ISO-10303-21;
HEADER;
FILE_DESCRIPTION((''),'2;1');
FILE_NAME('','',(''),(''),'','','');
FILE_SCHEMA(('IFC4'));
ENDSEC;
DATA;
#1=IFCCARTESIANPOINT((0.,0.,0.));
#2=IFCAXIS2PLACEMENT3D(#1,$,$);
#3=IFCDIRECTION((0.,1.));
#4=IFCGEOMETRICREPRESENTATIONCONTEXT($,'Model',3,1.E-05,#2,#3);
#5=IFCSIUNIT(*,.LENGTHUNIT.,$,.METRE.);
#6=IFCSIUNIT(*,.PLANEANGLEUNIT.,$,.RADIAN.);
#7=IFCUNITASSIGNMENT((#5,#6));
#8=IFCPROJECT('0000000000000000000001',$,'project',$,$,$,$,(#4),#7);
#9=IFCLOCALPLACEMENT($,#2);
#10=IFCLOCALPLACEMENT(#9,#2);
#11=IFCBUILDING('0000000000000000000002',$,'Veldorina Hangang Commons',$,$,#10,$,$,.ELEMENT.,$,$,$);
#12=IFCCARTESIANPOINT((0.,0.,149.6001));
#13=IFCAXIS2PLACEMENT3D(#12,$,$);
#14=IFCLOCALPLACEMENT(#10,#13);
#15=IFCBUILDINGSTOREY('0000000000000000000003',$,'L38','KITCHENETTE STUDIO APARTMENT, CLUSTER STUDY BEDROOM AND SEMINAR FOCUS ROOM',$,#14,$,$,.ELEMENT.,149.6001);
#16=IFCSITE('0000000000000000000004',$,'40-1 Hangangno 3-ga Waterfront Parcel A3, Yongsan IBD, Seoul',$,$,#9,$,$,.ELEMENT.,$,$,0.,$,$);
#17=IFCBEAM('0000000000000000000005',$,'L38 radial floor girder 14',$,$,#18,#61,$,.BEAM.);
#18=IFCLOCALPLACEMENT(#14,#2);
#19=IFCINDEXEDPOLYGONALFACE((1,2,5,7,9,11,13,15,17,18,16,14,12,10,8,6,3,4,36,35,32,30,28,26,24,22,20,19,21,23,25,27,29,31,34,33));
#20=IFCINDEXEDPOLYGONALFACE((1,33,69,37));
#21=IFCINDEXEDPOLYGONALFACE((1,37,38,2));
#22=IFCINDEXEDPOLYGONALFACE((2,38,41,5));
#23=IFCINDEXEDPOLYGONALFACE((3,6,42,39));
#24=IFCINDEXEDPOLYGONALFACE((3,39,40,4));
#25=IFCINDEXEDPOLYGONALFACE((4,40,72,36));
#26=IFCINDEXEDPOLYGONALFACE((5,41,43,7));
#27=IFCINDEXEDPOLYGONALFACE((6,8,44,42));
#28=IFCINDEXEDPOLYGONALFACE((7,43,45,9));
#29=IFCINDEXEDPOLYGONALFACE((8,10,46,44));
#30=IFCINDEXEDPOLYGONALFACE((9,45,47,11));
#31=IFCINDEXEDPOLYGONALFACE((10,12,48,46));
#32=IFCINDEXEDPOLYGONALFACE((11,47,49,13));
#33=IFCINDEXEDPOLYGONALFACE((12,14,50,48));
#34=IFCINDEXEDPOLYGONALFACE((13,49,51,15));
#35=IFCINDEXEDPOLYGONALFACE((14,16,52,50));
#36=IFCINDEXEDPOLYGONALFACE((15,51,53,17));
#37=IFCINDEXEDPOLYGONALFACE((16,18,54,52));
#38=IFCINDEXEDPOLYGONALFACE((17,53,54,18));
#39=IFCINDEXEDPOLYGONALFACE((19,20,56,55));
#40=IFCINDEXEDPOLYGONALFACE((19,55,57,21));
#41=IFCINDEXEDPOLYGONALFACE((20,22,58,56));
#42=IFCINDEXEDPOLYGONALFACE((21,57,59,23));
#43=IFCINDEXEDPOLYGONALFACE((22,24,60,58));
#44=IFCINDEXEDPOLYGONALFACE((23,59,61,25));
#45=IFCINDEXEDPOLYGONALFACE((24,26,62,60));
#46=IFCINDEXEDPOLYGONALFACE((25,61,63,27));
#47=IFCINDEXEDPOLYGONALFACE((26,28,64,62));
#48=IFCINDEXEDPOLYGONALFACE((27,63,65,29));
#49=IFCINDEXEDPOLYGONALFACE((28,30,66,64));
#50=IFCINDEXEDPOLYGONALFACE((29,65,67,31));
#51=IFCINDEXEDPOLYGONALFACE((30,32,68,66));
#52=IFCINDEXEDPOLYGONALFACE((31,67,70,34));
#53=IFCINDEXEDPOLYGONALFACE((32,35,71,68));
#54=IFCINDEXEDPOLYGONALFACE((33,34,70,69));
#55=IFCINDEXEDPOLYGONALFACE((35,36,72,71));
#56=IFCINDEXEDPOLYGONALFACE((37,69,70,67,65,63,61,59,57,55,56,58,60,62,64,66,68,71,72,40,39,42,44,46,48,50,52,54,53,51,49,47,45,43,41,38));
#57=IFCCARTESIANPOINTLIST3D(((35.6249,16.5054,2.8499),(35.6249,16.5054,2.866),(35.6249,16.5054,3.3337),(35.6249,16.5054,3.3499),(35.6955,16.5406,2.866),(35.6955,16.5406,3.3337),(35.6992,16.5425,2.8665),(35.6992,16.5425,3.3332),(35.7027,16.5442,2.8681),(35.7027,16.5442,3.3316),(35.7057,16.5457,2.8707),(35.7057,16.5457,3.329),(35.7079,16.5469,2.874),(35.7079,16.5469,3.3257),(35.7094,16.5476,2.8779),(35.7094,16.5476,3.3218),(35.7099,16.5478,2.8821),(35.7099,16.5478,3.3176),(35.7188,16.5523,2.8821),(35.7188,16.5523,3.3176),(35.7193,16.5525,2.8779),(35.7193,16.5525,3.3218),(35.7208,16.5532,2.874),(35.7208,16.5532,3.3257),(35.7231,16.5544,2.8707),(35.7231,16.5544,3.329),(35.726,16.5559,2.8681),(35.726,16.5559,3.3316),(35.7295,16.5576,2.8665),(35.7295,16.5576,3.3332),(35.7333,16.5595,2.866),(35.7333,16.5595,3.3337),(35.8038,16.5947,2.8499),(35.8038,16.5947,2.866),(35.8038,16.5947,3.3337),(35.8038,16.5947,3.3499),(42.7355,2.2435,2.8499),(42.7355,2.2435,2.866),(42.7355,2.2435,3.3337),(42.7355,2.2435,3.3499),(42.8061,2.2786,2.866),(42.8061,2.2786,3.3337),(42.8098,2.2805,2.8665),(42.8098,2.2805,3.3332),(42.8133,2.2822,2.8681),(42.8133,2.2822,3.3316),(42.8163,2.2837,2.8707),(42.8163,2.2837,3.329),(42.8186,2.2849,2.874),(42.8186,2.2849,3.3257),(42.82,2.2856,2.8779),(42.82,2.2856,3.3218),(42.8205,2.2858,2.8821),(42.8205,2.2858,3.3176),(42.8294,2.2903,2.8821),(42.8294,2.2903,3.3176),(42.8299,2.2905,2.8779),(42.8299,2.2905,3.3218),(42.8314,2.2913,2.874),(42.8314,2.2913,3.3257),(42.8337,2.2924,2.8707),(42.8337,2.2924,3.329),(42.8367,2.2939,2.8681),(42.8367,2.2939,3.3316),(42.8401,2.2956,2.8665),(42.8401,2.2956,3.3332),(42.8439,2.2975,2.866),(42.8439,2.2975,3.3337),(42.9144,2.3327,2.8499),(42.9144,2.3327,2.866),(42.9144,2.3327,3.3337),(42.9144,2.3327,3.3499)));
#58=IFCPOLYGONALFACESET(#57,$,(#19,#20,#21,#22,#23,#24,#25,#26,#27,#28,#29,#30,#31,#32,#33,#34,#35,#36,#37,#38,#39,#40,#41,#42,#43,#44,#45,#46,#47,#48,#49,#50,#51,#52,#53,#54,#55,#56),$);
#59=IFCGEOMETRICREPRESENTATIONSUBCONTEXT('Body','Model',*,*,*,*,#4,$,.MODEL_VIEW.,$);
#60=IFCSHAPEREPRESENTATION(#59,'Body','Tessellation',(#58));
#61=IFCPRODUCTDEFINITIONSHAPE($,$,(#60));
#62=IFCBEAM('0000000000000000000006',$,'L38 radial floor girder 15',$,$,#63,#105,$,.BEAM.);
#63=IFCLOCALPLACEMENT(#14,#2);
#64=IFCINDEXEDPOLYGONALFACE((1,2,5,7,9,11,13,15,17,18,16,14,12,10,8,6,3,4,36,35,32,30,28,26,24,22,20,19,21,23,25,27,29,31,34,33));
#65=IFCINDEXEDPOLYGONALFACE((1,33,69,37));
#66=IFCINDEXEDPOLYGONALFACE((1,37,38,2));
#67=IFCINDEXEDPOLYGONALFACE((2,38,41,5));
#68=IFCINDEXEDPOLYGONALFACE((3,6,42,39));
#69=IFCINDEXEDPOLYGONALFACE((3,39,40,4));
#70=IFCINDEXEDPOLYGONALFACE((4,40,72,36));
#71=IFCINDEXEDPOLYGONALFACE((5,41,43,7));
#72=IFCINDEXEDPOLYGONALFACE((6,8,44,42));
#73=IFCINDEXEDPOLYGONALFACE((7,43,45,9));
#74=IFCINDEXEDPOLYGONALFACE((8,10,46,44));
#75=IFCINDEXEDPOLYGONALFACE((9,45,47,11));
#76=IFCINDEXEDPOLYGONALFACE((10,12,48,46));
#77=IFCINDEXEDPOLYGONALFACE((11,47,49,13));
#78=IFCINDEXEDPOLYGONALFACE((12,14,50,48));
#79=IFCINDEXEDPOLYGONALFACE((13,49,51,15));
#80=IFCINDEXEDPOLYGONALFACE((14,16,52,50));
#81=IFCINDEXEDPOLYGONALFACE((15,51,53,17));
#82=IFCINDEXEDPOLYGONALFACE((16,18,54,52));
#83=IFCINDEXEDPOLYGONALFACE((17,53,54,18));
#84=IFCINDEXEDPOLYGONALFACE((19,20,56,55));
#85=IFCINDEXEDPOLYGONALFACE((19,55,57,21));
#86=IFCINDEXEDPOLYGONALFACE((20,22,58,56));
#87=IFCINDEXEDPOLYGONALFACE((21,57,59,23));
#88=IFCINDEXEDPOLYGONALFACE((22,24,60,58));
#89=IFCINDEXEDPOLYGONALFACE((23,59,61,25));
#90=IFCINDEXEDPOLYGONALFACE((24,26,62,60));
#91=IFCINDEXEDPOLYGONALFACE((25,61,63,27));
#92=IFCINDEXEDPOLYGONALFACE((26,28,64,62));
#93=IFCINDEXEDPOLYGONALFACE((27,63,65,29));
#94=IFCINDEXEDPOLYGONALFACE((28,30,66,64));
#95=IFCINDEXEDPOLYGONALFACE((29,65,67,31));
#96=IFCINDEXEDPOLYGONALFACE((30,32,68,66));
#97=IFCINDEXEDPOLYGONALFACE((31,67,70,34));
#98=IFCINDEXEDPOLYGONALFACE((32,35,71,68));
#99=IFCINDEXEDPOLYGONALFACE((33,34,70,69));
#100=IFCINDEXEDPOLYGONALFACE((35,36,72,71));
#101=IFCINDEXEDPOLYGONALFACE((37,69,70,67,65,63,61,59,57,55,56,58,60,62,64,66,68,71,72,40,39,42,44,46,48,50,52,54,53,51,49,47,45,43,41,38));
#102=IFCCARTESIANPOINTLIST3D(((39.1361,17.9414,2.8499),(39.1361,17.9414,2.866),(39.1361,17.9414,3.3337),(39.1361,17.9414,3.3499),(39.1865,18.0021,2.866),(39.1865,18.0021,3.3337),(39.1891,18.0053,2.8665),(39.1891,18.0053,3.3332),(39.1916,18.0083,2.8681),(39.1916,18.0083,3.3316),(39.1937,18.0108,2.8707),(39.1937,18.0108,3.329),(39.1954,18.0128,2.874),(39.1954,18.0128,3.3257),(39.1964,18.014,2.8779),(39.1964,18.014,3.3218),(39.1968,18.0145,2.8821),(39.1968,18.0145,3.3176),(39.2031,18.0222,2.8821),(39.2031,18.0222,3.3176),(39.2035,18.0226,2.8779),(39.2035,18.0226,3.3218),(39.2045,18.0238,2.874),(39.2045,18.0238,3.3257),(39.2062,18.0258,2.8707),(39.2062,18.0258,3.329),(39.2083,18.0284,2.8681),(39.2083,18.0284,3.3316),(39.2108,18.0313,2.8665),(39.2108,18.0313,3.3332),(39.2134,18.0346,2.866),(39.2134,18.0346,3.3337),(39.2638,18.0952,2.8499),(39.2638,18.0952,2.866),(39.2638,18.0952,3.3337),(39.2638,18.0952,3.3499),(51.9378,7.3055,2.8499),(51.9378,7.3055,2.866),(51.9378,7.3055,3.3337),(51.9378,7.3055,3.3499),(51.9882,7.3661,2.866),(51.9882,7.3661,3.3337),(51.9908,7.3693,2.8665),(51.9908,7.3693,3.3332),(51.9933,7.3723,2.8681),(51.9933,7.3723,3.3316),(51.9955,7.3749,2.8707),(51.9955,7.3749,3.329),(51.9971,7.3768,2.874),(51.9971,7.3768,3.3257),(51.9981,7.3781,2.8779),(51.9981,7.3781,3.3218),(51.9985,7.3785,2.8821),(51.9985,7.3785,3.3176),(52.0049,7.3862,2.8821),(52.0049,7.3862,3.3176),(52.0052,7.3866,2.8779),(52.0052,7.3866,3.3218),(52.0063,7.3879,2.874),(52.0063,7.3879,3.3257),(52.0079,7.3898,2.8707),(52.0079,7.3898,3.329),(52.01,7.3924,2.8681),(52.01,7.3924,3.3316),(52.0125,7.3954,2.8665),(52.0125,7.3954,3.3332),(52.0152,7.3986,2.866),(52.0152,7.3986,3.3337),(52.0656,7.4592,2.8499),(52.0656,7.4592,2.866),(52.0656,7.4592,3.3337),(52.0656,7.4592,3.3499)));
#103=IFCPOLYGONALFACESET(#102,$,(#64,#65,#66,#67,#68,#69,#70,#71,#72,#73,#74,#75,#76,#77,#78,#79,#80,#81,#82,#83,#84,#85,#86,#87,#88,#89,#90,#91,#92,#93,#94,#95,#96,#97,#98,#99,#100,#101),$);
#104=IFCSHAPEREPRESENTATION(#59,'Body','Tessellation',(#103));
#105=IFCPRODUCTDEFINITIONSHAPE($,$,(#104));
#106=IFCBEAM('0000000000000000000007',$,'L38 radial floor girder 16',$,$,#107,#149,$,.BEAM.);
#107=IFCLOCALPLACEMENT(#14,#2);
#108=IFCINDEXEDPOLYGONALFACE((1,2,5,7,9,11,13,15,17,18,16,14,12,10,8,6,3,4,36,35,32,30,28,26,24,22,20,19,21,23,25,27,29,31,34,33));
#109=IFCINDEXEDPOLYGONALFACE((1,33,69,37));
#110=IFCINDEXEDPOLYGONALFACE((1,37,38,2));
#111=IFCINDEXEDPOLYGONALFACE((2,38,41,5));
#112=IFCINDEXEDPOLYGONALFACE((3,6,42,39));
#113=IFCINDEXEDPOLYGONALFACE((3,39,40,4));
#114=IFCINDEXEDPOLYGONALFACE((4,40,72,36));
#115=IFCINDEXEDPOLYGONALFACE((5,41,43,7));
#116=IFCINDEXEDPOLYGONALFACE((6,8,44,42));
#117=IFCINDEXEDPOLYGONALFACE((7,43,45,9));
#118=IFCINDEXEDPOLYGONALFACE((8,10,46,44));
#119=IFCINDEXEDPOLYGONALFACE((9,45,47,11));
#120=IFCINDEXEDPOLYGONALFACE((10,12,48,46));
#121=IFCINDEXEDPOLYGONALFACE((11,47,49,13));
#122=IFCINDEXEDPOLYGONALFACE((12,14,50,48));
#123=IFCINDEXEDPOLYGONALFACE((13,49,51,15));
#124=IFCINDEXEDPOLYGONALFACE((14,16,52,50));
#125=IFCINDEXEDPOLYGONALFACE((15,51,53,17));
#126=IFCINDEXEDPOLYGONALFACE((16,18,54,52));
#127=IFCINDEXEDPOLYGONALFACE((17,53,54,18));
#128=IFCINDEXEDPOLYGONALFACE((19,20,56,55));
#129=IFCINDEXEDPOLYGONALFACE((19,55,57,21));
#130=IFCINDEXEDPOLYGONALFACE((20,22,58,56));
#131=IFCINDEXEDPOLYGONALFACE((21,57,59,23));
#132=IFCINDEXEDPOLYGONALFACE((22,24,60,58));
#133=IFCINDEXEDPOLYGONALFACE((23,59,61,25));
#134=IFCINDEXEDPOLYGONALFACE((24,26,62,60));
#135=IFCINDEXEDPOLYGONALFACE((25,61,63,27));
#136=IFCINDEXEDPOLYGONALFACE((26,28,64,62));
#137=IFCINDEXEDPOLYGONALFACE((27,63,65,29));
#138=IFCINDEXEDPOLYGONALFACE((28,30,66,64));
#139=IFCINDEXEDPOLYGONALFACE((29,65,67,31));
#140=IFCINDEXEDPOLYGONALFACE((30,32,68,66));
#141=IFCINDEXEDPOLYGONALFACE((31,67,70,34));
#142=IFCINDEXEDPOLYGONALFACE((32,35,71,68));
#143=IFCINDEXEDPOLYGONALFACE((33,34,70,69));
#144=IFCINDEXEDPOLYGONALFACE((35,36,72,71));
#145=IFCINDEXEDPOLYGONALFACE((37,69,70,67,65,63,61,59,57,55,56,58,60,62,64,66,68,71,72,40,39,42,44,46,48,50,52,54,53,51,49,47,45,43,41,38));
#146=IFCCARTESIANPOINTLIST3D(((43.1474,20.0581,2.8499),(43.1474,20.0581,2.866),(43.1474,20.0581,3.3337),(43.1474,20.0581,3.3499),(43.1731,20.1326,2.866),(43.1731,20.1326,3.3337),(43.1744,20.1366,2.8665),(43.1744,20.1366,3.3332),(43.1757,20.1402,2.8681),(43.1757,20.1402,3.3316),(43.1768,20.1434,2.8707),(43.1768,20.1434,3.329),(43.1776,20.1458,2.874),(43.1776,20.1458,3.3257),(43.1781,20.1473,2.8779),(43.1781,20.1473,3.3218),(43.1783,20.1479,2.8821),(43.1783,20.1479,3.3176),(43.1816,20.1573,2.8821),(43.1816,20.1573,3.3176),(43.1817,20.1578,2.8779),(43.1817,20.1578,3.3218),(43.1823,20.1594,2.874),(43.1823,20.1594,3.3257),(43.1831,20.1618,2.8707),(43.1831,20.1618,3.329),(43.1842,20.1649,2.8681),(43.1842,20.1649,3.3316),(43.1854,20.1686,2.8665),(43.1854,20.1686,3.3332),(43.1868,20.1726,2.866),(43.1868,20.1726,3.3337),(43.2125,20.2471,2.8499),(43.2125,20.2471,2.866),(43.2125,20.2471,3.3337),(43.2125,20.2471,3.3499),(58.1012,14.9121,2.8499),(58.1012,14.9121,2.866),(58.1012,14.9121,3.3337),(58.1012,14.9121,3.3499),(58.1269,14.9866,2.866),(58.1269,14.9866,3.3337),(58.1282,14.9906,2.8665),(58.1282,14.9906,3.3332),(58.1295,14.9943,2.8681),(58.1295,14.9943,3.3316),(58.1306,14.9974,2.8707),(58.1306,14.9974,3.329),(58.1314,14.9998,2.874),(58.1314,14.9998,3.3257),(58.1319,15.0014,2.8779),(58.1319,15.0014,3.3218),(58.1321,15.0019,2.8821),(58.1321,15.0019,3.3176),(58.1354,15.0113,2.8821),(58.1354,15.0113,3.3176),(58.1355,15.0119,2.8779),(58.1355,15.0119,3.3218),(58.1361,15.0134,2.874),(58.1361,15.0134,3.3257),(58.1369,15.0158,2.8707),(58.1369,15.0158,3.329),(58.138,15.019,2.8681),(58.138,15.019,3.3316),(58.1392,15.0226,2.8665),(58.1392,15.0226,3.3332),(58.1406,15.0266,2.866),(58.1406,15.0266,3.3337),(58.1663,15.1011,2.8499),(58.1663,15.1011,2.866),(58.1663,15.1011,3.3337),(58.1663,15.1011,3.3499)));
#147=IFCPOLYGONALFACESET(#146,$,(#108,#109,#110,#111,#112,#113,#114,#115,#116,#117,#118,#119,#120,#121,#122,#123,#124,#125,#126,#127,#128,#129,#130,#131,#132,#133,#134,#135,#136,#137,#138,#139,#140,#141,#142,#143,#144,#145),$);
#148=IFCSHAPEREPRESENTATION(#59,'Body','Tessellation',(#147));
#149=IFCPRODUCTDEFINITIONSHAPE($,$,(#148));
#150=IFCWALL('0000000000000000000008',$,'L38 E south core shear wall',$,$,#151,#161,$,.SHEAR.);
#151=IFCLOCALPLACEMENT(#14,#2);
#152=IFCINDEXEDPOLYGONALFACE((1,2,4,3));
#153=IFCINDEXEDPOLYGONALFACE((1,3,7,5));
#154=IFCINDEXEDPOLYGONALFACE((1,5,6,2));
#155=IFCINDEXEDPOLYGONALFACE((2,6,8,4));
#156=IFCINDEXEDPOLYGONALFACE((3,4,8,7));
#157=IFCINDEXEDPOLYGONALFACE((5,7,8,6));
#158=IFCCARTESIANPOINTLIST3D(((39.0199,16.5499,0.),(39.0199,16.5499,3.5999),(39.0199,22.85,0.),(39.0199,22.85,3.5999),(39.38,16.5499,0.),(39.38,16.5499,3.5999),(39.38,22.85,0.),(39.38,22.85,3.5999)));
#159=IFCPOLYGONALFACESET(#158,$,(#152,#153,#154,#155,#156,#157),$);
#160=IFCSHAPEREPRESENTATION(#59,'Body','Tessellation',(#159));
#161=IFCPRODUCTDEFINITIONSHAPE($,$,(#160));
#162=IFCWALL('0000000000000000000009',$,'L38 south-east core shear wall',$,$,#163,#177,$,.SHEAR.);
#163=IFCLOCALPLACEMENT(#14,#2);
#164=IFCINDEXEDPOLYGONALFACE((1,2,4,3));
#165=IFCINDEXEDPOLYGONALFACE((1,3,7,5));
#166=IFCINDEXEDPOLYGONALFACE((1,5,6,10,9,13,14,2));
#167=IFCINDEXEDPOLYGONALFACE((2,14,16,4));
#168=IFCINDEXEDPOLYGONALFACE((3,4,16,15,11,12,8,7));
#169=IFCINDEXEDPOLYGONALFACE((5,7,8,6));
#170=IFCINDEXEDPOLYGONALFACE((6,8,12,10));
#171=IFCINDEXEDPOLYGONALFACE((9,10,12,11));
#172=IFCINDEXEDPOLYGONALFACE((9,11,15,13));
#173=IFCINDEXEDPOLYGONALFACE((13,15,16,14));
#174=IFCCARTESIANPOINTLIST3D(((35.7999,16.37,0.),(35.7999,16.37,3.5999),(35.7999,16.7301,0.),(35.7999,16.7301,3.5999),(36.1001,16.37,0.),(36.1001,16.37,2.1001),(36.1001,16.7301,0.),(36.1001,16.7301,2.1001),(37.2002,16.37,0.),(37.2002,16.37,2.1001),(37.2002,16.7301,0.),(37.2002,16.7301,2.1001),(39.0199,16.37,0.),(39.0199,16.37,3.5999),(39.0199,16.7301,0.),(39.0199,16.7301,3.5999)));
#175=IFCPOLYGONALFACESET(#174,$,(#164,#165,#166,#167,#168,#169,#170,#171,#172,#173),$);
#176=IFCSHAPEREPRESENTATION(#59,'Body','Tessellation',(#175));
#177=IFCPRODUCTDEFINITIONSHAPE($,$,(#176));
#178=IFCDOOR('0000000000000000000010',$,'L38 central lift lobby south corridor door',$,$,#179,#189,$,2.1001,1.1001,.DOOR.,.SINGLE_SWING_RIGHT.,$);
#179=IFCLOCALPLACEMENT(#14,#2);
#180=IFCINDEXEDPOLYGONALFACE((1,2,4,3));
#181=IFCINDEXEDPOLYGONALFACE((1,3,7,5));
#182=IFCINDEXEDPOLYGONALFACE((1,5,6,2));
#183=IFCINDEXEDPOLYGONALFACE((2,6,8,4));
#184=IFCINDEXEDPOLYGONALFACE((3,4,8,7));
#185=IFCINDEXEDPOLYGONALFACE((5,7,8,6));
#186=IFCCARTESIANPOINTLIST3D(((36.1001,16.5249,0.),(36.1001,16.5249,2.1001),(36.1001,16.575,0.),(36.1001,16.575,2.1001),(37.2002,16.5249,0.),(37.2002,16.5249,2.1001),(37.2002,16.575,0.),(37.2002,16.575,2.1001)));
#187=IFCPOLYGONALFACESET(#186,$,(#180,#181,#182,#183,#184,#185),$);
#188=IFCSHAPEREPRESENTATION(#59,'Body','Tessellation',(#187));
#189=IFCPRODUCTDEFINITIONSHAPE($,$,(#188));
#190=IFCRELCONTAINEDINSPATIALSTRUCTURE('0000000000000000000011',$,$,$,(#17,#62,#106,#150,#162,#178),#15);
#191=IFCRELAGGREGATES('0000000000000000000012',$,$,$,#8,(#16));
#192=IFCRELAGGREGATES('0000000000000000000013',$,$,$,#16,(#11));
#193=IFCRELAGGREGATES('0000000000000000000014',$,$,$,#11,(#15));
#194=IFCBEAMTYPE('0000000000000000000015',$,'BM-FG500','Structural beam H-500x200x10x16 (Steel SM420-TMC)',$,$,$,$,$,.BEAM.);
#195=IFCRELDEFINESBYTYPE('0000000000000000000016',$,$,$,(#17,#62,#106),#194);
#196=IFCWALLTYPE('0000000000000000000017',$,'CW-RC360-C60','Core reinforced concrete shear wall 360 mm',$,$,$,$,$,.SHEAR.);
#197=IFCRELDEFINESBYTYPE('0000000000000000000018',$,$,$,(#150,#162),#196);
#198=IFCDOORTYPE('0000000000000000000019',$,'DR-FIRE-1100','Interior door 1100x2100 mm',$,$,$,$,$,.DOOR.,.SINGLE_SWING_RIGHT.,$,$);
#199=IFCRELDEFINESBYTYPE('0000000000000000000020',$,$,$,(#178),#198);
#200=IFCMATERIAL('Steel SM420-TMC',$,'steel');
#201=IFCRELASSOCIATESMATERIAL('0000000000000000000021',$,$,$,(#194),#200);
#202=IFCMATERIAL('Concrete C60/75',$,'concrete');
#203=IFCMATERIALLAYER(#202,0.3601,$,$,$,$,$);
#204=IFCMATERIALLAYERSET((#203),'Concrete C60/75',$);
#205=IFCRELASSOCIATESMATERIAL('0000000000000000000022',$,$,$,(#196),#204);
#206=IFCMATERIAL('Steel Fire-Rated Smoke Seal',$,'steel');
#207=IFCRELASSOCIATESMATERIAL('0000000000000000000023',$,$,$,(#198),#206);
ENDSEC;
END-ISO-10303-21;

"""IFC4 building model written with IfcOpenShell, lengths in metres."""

from ifc_helpers import new_model, si_unit, direction, frame, frame_2d, origin, origin_2d, place, context, subcontext, project, spatial, rectangle, i_section, extrude, material, layer, layer_set, material_profile, profile_set, type_object, element, fill, save


model = new_model("IFC4")

# Units and contexts
model_context = context("Model", 3, precision=1e-05, world=origin(), true_north=direction((0.0, 1.0)))
body_context = subcontext(model_context, "Body", "Model", "MODEL_VIEW")
ifc_project = project(units=[si_unit("LENGTHUNIT", "METRE"), si_unit("PLANEANGLEUNIT", "RADIAN")], contexts=[model_context])

# Site, building, storey
site_placement = place(None, origin())
site = spatial("IfcSite", under=ifc_project, at=site_placement, Name="40-1 Hangangno 3-ga Waterfront Parcel A3, Yongsan IBD, Seoul", CompositionType="ELEMENT", RefElevation=0.0)
building_placement = place(site_placement, origin())
building = spatial("IfcBuilding", under=site, at=building_placement, Name="Veldorina Hangang Commons", CompositionType="ELEMENT")
storey_placement = place(building_placement, frame((0.0, 0.0, 149.6001)))
storey = spatial("IfcBuildingStorey", under=building, at=storey_placement, Name="L38", Description="KITCHENETTE STUDIO APARTMENT, CLUSTER STUDY BEDROOM AND SEMINAR FOCUS ROOM", CompositionType="ELEMENT", Elevation=149.6001)

# Beams
ifc_material_1 = material(Name="Steel SM420-TMC", Category="steel")
ifc_material_profile = material_profile(ifc_material_1, i_section(OverallWidth=0.2, OverallDepth=0.5, WebThickness=0.01, FlangeThickness=0.0161, FilletRadius=0.0161, at=origin_2d()), Name="H-500x200x10x16")
ifc_profile_set = profile_set([ifc_material_profile], Name="Steel SM420-TMC")
beam_type = type_object("IfcBeamType", Name="BM-FG500", Description="Structural beam H-500x200x10x16 (Steel SM420-TMC)", PredefinedType="BEAM", material=ifc_profile_set)
beam_1_placement = place(storey_placement, frame((35.7144, 16.55, 3.0999), z_axis=(0.44619, -0.894938, 0.0), x_axis=(0.894938, 0.44619, 0.0)))
element("IfcBeam", 1, at=beam_1_placement, inside=storey, type_object=beam_type, Name="L38 radial floor girder 14", PredefinedType="BEAM", context=body_context, shape_type="SweptSolid", body=[
    extrude(i_section(OverallWidth=0.2, OverallDepth=0.5, WebThickness=0.01, FlangeThickness=0.0161, FilletRadius=0.0161, at=origin_2d()), origin(), (0.0, 0.0, 1.0), 15.9363),
])
beam_2_placement = place(storey_placement, frame((39.2, 18.0183, 3.0999), z_axis=(0.76917, -0.639044, 0.0), x_axis=(0.639044, 0.76917, 0.0)))
element("IfcBeam", 2, at=beam_2_placement, inside=storey, type_object=beam_type, Name="L38 radial floor girder 15", PredefinedType="BEAM", context=body_context, shape_type="SweptSolid", body=[
    extrude(i_section(OverallWidth=0.2, OverallDepth=0.5, WebThickness=0.01, FlangeThickness=0.0161, FilletRadius=0.0161, at=origin_2d()), origin(), (0.0, 0.0, 1.0), 16.6436),
])
beam_3_placement = place(storey_placement, frame((43.1799, 20.1526, 3.0999), z_axis=(0.945578, -0.325397, 0.0), x_axis=(0.325397, 0.945578, 0.0)))
element("IfcBeam", 3, at=beam_3_placement, inside=storey, type_object=beam_type, Name="L38 radial floor girder 16", PredefinedType="BEAM", context=body_context, shape_type="SweptSolid", body=[
    extrude(i_section(OverallWidth=0.2, OverallDepth=0.5, WebThickness=0.01, FlangeThickness=0.0161, FilletRadius=0.0161, at=origin_2d()), origin(), (0.0, 0.0, 1.0), 15.8145),
])

# Wall
ifc_material_2 = material(Name="Concrete C60/75", Category="concrete")
ifc_layer_1 = layer(ifc_material_2, 0.3601)
ifc_layer_set_1 = layer_set([ifc_layer_1], Name="Concrete C60/75")
wall_type_1 = type_object("IfcWallType", Name="CW-RC360-C60", Description="Core reinforced concrete shear wall 360 mm", PredefinedType="SHEAR", material=ifc_layer_set_1)
wall_1_placement = place(storey_placement, frame((39.2, 16.55, 0.0), z_axis=(0.0, 0.0, 1.0), x_axis=(0.0, 1.0, 0.0)))
element("IfcWall", 4, at=wall_1_placement, inside=storey, type_object=wall_type_1, Name="L38 E south core shear wall", PredefinedType="SHEAR", context=body_context, shape_type="SweptSolid", body=[
    extrude(rectangle(XDim=6.3, YDim=0.3601, at=frame_2d((3.1499, 0.0))), origin(), (0.0, 0.0, 1.0), 3.5999),
])

# Wall, opening, door
wall_2_placement = place(storey_placement, frame((35.8, 16.55, 0.0), z_axis=(0.0, 0.0, 1.0), x_axis=(1.0, 0.0, 0.0)))
wall_2 = element("IfcWall", 5, at=wall_2_placement, inside=storey, type_object=wall_type_1, Name="L38 south-east core shear wall", PredefinedType="SHEAR", context=body_context, shape_type="SweptSolid", body=[
    extrude(rectangle(XDim=3.22, YDim=0.3601, at=frame_2d((1.6099, 0.0))), origin(), (0.0, 0.0, 1.0), 3.5999),
])
opening_1_placement = place(wall_2_placement, frame((0.3, 0.0, 0.0)))
opening_1 = element("IfcOpeningElement", 6, at=opening_1_placement, cuts=wall_2, PredefinedType="OPENING", context=body_context, shape_type="SweptSolid", body=[
    extrude(rectangle(XDim=1.1001, YDim=2.1001, at=frame_2d((0.55, 1.05))), frame((0.0, 0.1899, 0.0), z_axis=(0.0, -1.0, 0.0), x_axis=(1.0, 0.0, 0.0)), (0.0, 0.0, 1.0), 0.3801),
])
ifc_material_3 = material(Name="Steel Fire-Rated Smoke Seal", Category="steel")
door_type_1 = type_object("IfcDoorType", Name="DR-FIRE-1100", Description="Interior door 1100x2100 mm", OperationType="SINGLE_SWING_RIGHT", PredefinedType="DOOR", material=ifc_material_3)
door_1_placement = place(opening_1_placement, origin())
door_1 = element("IfcDoor", 7, at=door_1_placement, inside=storey, type_object=door_type_1, Name="L38 central lift lobby south corridor door", OperationType="SINGLE_SWING_RIGHT", OverallHeight=2.1001, OverallWidth=1.1001, PredefinedType="DOOR", context=body_context, shape_type="SweptSolid", body=[
    extrude(rectangle(XDim=1.1001, YDim=2.1001, at=frame_2d((0.55, 1.05))), frame((0.0, 0.0249, 0.0), z_axis=(0.0, -1.0, 0.0), x_axis=(1.0, 0.0, 0.0)), (0.0, 0.0, 1.0), 0.05),
])
fill(opening_1, door_1)

save(model, "model.ifc")
